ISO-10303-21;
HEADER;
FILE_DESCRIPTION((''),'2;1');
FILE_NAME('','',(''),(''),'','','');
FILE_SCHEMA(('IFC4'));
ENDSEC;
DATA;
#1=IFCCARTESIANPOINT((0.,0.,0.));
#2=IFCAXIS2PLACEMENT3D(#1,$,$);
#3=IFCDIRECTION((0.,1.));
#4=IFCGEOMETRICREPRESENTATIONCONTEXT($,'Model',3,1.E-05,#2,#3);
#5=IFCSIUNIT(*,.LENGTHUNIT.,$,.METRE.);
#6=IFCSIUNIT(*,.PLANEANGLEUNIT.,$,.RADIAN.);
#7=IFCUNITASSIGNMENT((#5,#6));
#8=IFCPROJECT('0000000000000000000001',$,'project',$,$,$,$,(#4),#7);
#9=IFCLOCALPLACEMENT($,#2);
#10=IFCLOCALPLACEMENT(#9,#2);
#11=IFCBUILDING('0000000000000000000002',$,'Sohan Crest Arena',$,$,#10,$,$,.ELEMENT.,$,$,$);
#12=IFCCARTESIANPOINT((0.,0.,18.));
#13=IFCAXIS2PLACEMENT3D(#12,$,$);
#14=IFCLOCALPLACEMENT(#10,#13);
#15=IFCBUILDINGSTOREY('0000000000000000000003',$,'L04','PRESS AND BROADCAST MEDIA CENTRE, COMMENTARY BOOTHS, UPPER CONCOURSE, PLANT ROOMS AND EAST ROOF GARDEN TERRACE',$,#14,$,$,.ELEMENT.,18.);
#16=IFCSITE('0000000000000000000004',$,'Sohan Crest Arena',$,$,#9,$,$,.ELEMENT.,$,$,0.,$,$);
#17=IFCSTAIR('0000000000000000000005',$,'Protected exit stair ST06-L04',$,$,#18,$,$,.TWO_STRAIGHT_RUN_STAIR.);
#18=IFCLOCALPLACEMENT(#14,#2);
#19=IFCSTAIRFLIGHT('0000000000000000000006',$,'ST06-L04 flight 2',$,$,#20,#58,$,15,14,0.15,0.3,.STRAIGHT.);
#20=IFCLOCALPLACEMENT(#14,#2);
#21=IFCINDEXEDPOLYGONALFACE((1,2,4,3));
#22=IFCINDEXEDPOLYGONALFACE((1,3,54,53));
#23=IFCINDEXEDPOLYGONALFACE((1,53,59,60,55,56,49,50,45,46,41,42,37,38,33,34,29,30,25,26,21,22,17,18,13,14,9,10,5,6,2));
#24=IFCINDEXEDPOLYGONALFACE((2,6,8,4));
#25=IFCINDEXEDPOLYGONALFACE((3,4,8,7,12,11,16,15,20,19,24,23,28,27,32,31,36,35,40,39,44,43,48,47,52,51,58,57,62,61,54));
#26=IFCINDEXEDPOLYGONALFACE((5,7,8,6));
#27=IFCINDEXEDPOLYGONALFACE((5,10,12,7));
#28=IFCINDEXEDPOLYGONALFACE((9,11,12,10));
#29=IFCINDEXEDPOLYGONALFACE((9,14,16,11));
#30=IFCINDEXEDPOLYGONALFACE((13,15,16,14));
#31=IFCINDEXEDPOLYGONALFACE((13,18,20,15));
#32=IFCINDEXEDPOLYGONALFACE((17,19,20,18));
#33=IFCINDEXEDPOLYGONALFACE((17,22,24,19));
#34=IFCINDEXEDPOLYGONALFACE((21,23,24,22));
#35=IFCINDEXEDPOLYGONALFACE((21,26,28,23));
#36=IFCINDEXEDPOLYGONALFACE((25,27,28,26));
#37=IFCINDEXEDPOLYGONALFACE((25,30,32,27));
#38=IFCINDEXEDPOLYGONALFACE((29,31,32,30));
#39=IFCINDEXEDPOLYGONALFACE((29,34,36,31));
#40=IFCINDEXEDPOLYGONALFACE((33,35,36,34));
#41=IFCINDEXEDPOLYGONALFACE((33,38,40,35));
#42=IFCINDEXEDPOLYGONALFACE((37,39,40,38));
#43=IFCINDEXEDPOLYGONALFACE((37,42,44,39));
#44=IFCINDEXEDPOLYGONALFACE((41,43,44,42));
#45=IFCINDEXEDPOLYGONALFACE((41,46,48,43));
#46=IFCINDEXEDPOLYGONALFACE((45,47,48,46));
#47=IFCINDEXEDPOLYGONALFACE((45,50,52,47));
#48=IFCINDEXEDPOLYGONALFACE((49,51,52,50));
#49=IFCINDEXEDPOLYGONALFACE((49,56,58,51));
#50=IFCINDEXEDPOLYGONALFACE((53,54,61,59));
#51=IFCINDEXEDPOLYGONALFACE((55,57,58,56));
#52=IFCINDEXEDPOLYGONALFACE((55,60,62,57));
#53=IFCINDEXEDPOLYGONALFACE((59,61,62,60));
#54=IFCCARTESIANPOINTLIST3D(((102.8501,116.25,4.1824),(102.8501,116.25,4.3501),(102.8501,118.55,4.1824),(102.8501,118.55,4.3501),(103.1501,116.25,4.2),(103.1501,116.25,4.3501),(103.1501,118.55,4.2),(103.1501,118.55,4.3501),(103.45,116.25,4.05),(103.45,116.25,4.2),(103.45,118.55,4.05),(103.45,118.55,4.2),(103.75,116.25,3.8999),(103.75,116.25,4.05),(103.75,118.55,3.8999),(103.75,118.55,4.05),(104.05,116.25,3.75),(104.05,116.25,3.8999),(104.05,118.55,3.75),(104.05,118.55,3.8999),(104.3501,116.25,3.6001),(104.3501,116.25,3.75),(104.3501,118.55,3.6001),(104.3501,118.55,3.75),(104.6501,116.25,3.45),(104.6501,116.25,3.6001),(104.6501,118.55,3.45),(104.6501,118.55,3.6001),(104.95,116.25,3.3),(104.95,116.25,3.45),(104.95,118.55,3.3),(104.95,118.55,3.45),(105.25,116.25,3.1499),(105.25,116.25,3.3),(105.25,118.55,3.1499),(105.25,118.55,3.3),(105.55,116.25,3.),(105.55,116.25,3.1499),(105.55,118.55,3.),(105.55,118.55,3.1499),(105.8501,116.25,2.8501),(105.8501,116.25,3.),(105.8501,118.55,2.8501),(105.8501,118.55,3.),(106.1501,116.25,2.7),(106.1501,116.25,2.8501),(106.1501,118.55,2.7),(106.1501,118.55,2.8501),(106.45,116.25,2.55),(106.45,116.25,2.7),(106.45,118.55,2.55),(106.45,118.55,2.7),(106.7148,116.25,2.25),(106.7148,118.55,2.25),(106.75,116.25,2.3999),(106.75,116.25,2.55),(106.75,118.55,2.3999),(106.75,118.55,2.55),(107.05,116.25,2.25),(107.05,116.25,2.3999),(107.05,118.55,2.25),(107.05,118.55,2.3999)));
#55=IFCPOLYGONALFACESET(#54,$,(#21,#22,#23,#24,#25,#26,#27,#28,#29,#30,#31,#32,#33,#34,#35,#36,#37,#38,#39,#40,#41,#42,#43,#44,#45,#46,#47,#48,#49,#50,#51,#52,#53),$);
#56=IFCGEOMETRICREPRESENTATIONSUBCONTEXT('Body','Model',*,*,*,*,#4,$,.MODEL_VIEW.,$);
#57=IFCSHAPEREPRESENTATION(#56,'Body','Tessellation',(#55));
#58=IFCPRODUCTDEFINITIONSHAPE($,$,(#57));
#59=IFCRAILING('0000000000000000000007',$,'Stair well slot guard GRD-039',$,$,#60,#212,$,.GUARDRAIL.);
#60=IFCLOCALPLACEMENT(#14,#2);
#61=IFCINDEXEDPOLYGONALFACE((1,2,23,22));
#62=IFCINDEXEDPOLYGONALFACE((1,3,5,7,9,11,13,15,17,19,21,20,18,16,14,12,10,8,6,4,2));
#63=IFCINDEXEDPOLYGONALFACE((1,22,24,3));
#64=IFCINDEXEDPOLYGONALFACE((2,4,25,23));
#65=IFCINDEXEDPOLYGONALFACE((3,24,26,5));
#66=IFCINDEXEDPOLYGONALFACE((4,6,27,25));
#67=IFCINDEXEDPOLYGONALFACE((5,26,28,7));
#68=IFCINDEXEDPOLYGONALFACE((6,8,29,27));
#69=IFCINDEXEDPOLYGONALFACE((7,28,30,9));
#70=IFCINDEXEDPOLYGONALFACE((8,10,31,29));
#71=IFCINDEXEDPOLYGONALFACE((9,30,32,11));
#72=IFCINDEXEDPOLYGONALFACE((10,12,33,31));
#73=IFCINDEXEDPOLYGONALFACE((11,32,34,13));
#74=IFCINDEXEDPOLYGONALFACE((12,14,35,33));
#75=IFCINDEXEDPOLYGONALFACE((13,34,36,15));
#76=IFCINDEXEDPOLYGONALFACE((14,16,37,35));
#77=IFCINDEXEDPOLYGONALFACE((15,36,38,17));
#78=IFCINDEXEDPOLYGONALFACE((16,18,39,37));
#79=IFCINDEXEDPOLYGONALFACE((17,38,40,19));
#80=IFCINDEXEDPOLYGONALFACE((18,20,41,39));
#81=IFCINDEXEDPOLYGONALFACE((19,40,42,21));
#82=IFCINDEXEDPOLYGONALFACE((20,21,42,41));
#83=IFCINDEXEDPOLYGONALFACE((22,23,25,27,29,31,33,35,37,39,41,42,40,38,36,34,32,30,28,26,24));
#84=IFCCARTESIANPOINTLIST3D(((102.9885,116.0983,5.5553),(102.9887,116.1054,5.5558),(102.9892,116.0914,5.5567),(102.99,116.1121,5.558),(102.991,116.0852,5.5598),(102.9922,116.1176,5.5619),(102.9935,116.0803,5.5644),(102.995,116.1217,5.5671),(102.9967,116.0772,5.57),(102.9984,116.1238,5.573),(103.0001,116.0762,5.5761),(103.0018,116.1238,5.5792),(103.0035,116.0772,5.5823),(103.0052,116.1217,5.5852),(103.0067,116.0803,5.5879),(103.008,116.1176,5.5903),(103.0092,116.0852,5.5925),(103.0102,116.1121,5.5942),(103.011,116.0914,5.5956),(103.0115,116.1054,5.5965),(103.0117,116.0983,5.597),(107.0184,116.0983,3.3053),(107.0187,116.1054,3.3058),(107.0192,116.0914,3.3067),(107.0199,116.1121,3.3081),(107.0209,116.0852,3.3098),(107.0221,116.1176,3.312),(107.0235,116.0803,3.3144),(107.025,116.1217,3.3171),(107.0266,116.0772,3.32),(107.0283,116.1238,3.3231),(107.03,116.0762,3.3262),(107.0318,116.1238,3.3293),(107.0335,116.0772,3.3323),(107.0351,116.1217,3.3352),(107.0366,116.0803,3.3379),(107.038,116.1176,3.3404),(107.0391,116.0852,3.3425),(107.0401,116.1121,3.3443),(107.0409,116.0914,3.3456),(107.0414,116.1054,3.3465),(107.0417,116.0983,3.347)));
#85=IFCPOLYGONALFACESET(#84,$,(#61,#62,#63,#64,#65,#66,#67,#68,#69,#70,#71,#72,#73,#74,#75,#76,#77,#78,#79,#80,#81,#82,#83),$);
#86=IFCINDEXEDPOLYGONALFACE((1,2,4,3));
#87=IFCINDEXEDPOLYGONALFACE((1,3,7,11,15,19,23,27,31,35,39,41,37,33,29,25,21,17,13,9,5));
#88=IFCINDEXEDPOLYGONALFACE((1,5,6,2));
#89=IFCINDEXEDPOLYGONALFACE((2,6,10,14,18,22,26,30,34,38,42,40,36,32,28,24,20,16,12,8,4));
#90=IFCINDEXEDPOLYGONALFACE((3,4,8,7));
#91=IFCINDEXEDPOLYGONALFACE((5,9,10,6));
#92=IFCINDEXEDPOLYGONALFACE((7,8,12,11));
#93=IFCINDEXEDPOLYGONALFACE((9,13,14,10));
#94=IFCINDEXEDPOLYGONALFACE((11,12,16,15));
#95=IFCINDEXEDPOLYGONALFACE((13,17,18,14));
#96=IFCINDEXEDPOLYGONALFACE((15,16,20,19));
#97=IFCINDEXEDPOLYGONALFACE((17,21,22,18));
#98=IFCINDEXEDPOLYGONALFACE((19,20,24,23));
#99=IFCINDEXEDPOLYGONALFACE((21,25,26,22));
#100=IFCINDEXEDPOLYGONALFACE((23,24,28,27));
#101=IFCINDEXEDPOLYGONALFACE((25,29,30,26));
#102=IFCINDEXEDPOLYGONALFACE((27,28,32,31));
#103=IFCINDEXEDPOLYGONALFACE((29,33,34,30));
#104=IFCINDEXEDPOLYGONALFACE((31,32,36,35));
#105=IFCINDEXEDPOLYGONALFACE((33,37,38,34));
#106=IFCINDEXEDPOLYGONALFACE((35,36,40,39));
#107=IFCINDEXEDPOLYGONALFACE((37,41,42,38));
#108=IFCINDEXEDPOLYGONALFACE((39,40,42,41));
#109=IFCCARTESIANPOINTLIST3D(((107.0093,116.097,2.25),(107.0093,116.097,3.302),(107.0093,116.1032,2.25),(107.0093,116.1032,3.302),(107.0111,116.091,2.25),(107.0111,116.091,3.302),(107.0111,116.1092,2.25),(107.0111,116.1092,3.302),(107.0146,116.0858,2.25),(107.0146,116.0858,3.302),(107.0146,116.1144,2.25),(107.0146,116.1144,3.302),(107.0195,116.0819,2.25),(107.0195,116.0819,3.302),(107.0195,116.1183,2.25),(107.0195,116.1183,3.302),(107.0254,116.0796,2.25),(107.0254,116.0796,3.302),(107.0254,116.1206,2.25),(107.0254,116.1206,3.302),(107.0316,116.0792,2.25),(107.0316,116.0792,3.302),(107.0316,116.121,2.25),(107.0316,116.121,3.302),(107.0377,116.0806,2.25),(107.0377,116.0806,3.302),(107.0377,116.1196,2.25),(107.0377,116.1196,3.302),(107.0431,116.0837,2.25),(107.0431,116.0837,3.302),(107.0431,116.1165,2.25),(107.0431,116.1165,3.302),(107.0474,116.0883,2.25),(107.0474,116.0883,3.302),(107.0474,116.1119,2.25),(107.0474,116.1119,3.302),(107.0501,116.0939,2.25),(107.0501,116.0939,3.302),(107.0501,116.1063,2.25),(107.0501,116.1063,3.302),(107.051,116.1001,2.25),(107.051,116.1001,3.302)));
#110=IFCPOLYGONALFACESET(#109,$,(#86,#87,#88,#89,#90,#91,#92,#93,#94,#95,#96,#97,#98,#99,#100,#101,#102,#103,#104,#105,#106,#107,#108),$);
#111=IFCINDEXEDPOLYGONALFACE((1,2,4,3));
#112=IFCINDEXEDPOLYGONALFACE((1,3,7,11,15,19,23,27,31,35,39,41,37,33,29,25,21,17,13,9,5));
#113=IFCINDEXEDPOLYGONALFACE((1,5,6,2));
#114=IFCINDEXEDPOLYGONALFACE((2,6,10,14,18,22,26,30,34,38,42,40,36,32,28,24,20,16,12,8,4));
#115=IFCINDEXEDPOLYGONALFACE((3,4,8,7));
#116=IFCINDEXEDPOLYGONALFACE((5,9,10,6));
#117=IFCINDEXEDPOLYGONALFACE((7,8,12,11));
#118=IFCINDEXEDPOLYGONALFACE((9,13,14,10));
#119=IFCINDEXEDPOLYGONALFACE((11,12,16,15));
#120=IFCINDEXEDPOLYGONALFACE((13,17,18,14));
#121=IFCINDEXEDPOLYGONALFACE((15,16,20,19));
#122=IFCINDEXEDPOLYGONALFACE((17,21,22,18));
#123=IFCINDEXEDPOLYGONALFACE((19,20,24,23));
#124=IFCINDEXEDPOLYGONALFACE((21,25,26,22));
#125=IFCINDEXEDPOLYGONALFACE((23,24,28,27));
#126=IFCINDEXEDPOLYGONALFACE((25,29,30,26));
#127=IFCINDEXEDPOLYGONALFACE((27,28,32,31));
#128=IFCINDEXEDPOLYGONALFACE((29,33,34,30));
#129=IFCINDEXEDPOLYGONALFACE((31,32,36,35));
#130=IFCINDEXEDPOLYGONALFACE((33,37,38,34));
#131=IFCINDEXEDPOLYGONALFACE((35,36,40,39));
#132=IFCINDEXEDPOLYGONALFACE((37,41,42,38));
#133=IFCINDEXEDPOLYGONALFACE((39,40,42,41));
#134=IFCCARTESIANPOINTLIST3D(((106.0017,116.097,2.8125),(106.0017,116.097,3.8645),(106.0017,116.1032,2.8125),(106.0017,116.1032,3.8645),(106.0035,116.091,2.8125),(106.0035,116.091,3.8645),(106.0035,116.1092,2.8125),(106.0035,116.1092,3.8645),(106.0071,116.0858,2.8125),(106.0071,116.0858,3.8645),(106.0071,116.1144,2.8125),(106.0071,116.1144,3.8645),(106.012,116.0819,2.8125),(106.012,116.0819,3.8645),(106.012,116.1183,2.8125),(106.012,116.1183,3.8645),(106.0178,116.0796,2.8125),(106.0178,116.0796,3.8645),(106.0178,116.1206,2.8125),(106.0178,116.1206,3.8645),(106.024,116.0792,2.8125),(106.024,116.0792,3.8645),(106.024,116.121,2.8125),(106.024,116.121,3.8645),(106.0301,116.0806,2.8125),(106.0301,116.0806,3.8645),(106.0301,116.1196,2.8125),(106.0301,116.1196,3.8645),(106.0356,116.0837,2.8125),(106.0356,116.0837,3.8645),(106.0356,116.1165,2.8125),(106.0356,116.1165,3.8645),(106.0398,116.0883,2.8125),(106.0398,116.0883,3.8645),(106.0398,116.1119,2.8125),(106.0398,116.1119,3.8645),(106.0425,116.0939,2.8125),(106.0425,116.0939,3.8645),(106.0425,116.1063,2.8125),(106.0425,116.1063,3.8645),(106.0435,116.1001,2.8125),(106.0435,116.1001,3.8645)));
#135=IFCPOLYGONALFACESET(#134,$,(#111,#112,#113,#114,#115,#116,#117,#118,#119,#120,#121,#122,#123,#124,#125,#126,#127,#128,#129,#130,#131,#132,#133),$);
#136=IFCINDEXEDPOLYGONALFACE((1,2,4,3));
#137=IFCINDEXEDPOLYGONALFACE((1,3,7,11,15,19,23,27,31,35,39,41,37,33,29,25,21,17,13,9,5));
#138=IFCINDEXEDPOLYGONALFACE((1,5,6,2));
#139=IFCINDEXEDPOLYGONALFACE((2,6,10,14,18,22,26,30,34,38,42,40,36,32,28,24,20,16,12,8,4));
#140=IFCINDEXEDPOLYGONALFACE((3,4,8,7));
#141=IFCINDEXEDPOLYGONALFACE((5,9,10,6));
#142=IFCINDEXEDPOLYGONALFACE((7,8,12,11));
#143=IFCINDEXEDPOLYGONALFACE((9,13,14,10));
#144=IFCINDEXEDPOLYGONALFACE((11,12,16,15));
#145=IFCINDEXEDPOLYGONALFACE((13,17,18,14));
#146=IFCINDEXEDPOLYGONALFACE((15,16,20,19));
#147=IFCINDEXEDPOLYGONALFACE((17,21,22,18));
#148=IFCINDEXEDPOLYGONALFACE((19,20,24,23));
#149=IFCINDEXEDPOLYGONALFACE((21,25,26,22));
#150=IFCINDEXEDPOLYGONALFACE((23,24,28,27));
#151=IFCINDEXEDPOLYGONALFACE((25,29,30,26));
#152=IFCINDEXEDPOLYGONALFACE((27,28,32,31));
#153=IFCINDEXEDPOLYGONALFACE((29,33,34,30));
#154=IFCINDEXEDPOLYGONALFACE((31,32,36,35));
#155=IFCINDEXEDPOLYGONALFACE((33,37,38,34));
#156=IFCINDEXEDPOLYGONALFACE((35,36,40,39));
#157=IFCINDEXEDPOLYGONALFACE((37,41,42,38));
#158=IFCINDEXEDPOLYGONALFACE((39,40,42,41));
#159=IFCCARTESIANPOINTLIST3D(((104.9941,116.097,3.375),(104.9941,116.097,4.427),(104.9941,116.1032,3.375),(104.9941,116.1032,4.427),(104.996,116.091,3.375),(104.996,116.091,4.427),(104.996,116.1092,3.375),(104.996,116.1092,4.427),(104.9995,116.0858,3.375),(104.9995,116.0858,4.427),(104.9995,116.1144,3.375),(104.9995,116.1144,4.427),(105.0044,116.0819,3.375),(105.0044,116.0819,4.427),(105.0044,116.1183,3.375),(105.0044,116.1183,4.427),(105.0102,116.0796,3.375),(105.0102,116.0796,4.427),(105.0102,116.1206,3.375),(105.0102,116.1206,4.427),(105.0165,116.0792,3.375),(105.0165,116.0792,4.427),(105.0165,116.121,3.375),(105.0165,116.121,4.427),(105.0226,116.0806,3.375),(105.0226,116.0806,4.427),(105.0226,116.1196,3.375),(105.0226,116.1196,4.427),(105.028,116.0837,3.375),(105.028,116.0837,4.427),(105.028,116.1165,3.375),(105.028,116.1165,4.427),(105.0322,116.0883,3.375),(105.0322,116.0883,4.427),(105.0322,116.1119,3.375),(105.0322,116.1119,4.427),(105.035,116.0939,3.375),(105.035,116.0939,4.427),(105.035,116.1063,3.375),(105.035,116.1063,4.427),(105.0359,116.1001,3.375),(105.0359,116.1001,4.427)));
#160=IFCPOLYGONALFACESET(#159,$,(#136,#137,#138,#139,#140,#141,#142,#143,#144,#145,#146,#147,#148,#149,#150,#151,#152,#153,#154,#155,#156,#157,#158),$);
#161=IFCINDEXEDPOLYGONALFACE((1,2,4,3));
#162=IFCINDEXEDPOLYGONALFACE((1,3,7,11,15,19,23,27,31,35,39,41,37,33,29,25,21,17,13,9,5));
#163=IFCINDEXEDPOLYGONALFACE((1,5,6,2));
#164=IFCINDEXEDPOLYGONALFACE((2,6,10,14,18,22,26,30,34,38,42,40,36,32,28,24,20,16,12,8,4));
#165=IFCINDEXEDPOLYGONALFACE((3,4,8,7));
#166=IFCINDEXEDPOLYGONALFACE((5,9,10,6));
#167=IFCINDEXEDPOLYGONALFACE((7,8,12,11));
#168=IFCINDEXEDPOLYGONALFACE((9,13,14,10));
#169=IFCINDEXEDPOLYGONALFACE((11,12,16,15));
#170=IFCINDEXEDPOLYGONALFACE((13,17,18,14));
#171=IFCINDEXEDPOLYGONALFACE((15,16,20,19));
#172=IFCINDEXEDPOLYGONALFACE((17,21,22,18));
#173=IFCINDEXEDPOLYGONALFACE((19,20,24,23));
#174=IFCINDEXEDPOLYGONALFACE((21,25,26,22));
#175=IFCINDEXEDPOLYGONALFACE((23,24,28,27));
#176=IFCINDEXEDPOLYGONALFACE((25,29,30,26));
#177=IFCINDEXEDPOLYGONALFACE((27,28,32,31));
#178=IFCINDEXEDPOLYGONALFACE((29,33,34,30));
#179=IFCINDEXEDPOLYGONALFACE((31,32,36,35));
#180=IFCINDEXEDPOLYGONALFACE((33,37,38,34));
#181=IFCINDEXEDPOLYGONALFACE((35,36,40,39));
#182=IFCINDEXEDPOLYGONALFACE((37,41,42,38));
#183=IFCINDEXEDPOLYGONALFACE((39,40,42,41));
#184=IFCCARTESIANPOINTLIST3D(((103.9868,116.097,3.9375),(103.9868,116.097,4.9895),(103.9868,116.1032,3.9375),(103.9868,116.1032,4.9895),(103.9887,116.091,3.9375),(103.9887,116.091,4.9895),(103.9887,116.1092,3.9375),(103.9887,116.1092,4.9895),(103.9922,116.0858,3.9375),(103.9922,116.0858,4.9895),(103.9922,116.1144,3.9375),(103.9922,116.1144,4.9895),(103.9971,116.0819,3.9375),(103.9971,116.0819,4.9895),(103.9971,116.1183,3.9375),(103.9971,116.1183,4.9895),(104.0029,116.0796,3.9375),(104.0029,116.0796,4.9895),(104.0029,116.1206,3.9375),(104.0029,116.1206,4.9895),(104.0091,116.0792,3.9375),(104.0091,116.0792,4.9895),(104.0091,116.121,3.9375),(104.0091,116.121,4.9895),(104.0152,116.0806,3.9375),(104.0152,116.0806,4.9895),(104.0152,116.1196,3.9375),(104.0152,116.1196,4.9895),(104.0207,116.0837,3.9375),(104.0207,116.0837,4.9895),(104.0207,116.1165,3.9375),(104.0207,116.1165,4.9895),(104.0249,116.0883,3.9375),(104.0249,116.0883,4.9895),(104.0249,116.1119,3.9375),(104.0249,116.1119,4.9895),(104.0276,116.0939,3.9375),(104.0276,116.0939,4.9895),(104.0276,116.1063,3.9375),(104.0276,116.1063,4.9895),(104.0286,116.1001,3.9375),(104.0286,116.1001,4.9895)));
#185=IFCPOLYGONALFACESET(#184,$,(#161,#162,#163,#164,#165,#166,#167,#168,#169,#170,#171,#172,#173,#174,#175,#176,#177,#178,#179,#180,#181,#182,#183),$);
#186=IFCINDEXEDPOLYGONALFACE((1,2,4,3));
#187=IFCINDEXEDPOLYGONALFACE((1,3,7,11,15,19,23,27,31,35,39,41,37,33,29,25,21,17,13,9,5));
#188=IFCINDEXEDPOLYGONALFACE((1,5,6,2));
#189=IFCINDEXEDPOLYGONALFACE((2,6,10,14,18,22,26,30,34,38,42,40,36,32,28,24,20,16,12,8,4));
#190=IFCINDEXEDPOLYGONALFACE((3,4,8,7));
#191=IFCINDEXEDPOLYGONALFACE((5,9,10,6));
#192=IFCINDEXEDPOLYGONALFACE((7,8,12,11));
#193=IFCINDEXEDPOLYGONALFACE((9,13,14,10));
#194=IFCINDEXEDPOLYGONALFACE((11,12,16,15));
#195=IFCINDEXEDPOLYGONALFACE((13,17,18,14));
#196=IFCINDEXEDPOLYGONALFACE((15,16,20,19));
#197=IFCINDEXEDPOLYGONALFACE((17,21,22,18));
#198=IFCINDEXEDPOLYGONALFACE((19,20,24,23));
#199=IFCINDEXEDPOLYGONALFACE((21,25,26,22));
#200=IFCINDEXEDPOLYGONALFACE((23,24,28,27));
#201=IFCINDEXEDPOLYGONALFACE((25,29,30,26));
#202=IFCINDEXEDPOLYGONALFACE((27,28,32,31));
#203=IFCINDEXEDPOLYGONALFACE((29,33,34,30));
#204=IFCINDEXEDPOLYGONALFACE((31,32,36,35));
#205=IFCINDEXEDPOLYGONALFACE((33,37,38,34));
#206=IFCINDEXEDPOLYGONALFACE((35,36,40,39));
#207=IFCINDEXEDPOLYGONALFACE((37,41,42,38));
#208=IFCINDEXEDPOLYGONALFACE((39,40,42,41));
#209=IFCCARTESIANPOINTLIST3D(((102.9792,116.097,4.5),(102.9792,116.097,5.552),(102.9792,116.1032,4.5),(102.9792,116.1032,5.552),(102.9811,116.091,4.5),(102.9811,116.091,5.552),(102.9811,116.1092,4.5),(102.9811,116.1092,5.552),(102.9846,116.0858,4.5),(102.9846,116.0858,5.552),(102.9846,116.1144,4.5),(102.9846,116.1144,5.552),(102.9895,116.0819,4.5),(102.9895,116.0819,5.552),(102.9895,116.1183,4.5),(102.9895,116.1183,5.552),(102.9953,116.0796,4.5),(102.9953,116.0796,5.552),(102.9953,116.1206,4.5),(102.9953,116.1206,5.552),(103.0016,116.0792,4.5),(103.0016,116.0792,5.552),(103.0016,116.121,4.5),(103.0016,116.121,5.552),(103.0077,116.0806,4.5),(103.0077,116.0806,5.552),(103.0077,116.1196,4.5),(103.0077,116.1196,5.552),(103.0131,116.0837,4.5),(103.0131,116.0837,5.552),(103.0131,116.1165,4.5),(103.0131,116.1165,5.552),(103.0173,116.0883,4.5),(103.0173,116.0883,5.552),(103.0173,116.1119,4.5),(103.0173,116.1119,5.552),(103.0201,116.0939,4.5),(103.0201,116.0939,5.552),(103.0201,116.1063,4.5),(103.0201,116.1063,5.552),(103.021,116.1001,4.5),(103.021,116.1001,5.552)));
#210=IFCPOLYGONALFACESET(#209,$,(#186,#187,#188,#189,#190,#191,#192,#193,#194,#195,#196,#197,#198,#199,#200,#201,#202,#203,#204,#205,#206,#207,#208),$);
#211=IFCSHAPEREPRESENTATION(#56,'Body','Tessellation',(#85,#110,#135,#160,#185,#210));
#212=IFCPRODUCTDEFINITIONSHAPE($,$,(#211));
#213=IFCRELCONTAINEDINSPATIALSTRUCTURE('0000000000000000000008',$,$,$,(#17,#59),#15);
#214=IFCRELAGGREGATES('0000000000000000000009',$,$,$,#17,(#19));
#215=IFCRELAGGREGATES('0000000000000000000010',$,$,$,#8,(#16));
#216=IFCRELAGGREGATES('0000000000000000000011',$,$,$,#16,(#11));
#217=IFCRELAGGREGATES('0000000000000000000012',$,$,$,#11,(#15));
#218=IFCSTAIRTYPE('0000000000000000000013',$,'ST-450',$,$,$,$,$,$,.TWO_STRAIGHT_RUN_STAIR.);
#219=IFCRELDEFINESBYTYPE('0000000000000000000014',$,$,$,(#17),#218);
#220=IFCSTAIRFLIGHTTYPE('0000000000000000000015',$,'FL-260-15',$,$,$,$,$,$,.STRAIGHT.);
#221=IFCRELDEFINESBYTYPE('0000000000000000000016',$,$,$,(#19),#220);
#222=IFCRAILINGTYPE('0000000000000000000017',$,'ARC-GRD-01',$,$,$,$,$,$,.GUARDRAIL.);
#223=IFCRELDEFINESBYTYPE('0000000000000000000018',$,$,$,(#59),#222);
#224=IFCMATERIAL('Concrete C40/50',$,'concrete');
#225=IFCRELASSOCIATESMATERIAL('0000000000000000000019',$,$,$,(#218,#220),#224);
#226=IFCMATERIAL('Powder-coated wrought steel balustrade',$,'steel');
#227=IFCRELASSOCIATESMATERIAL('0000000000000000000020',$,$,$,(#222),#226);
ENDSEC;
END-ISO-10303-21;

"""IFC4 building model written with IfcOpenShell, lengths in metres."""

from ifc_helpers import new_model, si_unit, direction, frame, origin, origin_2d, place, context, subcontext, project, spatial, polyline, circle, outline, extrude, material, type_object, element, aggregate, save


model = new_model("IFC4")

# Units and contexts
model_context = context("Model", 3, precision=1e-05, world=origin(), true_north=direction((0.0, 1.0)))
body_context = subcontext(model_context, "Body", "Model", "MODEL_VIEW")
ifc_project = project(units=[si_unit("LENGTHUNIT", "METRE"), si_unit("PLANEANGLEUNIT", "RADIAN")], contexts=[model_context])

# Site, building, storey
site_placement = place(None, origin())
site = spatial("IfcSite", under=ifc_project, at=site_placement, Name="Sohan Crest Arena", CompositionType="ELEMENT", RefElevation=0.0)
building_placement = place(site_placement, origin())
building = spatial("IfcBuilding", under=site, at=building_placement, Name="Sohan Crest Arena", CompositionType="ELEMENT")
storey_placement = place(building_placement, frame((0.0, 0.0, 18.0)))
storey = spatial("IfcBuildingStorey", under=building, at=storey_placement, Name="L04", Description="PRESS AND BROADCAST MEDIA CENTRE, COMMENTARY BOOTHS, UPPER CONCOURSE, PLANT ROOMS AND EAST ROOF GARDEN TERRACE", CompositionType="ELEMENT", Elevation=18.0)

# Shared definitions
ifc_material_1 = material(Name="Concrete C40/50", Category="concrete")

# Stair, stair flight
stair_type = type_object("IfcStairType", Name="ST-450", PredefinedType="TWO_STRAIGHT_RUN_STAIR", material=ifc_material_1)
stair_placement = place(storey_placement, origin())
stair = element("IfcStair", 1, at=stair_placement, inside=storey, type_object=stair_type, Name="Protected exit stair ST06-L04", PredefinedType="TWO_STRAIGHT_RUN_STAIR")
stair_flight_type = type_object("IfcStairFlightType", Name="FL-260-15", PredefinedType="STRAIGHT", material=ifc_material_1)
stair_flight_1_placement = place(storey_placement, frame((107.05, 117.3999, 2.25), z_axis=(0.0, 0.0, 1.0), x_axis=(-1.0, 0.0, 0.0)))
stair_flight_1 = element("IfcStairFlight", 2, at=stair_flight_1_placement, type_object=stair_flight_type, Name="ST06-L04 flight 2", NumberOfRisers=15, NumberOfTreads=14, PredefinedType="STRAIGHT", RiserHeight=0.15, TreadLength=0.3, context=body_context, shape_type="SweptSolid", body=[
    extrude(outline(polyline([(0.0, 0.0), (0.0, 0.1499), (0.3, 0.1499), (0.3, 0.3), (0.6001, 0.3), (0.6001, 0.45), (0.8999, 0.45), (0.8999, 0.6001), (1.2, 0.6001), (1.2, 0.75), (1.5, 0.75), (1.5, 0.8999), (1.8, 0.8999), (1.8, 1.05), (2.1001, 1.05), (2.1001, 1.2), (2.3999, 1.2), (2.3999, 1.3501), (2.7, 1.3501), (2.7, 1.5), (3.0, 1.5), (3.0, 1.6499), (3.3, 1.6499), (3.3, 1.8), (3.6001, 1.8), (3.6001, 1.95), (3.8999, 1.95), (3.8999, 2.1001), (4.2, 2.1001), (4.2, 2.25), (4.2, 1.9324), (0.3352, 0.0), (0.0, 0.0)])), frame((0.0, 1.1499, 0.0), z_axis=(0.0, -1.0, 0.0), x_axis=(1.0, 0.0, 0.0)), (0.0, 0.0, 1.0), 2.3),
])
aggregate(stair, [stair_flight_1])

# Railing
ifc_material_2 = material(Name="Powder-coated wrought steel balustrade", Category="steel")
railing_type_1 = type_object("IfcRailingType", Name="ARC-GRD-01", PredefinedType="GUARDRAIL", material=ifc_material_2)
railing_1_placement = place(storey_placement, frame((107.03, 116.1001, 2.25)))
element("IfcRailing", 3, at=railing_1_placement, inside=storey, type_object=railing_type_1, Name="Stair well slot guard GRD-039", PredefinedType="GUARDRAIL", context=body_context, shape_type="SweptSolid", body=[
    extrude(circle(Radius=0.0239, at=origin_2d()), frame((0.0, 0.0, 1.0762), z_axis=(-0.873135, 0.0, 0.487479), x_axis=(0.0, -1.0, 0.0)), (0.0, 0.0, 1.0), 4.6155),
    extrude(circle(Radius=0.021, at=origin_2d()), origin(), (0.0, 0.0, 1.0), 1.052),
    extrude(circle(Radius=0.021, at=origin_2d()), frame((-1.0076, 0.0, 0.5625)), (0.0, 0.0, 1.0), 1.052),
    extrude(circle(Radius=0.021, at=origin_2d()), frame((-2.0151, 0.0, 1.125)), (0.0, 0.0, 1.0), 1.052),
    extrude(circle(Radius=0.021, at=origin_2d()), frame((-3.0225, 0.0, 1.6875)), (0.0, 0.0, 1.0), 1.052),
    extrude(circle(Radius=0.021, at=origin_2d()), frame((-4.03, 0.0, 2.25)), (0.0, 0.0, 1.0), 1.052),
])

save(model, "model.ifc")
